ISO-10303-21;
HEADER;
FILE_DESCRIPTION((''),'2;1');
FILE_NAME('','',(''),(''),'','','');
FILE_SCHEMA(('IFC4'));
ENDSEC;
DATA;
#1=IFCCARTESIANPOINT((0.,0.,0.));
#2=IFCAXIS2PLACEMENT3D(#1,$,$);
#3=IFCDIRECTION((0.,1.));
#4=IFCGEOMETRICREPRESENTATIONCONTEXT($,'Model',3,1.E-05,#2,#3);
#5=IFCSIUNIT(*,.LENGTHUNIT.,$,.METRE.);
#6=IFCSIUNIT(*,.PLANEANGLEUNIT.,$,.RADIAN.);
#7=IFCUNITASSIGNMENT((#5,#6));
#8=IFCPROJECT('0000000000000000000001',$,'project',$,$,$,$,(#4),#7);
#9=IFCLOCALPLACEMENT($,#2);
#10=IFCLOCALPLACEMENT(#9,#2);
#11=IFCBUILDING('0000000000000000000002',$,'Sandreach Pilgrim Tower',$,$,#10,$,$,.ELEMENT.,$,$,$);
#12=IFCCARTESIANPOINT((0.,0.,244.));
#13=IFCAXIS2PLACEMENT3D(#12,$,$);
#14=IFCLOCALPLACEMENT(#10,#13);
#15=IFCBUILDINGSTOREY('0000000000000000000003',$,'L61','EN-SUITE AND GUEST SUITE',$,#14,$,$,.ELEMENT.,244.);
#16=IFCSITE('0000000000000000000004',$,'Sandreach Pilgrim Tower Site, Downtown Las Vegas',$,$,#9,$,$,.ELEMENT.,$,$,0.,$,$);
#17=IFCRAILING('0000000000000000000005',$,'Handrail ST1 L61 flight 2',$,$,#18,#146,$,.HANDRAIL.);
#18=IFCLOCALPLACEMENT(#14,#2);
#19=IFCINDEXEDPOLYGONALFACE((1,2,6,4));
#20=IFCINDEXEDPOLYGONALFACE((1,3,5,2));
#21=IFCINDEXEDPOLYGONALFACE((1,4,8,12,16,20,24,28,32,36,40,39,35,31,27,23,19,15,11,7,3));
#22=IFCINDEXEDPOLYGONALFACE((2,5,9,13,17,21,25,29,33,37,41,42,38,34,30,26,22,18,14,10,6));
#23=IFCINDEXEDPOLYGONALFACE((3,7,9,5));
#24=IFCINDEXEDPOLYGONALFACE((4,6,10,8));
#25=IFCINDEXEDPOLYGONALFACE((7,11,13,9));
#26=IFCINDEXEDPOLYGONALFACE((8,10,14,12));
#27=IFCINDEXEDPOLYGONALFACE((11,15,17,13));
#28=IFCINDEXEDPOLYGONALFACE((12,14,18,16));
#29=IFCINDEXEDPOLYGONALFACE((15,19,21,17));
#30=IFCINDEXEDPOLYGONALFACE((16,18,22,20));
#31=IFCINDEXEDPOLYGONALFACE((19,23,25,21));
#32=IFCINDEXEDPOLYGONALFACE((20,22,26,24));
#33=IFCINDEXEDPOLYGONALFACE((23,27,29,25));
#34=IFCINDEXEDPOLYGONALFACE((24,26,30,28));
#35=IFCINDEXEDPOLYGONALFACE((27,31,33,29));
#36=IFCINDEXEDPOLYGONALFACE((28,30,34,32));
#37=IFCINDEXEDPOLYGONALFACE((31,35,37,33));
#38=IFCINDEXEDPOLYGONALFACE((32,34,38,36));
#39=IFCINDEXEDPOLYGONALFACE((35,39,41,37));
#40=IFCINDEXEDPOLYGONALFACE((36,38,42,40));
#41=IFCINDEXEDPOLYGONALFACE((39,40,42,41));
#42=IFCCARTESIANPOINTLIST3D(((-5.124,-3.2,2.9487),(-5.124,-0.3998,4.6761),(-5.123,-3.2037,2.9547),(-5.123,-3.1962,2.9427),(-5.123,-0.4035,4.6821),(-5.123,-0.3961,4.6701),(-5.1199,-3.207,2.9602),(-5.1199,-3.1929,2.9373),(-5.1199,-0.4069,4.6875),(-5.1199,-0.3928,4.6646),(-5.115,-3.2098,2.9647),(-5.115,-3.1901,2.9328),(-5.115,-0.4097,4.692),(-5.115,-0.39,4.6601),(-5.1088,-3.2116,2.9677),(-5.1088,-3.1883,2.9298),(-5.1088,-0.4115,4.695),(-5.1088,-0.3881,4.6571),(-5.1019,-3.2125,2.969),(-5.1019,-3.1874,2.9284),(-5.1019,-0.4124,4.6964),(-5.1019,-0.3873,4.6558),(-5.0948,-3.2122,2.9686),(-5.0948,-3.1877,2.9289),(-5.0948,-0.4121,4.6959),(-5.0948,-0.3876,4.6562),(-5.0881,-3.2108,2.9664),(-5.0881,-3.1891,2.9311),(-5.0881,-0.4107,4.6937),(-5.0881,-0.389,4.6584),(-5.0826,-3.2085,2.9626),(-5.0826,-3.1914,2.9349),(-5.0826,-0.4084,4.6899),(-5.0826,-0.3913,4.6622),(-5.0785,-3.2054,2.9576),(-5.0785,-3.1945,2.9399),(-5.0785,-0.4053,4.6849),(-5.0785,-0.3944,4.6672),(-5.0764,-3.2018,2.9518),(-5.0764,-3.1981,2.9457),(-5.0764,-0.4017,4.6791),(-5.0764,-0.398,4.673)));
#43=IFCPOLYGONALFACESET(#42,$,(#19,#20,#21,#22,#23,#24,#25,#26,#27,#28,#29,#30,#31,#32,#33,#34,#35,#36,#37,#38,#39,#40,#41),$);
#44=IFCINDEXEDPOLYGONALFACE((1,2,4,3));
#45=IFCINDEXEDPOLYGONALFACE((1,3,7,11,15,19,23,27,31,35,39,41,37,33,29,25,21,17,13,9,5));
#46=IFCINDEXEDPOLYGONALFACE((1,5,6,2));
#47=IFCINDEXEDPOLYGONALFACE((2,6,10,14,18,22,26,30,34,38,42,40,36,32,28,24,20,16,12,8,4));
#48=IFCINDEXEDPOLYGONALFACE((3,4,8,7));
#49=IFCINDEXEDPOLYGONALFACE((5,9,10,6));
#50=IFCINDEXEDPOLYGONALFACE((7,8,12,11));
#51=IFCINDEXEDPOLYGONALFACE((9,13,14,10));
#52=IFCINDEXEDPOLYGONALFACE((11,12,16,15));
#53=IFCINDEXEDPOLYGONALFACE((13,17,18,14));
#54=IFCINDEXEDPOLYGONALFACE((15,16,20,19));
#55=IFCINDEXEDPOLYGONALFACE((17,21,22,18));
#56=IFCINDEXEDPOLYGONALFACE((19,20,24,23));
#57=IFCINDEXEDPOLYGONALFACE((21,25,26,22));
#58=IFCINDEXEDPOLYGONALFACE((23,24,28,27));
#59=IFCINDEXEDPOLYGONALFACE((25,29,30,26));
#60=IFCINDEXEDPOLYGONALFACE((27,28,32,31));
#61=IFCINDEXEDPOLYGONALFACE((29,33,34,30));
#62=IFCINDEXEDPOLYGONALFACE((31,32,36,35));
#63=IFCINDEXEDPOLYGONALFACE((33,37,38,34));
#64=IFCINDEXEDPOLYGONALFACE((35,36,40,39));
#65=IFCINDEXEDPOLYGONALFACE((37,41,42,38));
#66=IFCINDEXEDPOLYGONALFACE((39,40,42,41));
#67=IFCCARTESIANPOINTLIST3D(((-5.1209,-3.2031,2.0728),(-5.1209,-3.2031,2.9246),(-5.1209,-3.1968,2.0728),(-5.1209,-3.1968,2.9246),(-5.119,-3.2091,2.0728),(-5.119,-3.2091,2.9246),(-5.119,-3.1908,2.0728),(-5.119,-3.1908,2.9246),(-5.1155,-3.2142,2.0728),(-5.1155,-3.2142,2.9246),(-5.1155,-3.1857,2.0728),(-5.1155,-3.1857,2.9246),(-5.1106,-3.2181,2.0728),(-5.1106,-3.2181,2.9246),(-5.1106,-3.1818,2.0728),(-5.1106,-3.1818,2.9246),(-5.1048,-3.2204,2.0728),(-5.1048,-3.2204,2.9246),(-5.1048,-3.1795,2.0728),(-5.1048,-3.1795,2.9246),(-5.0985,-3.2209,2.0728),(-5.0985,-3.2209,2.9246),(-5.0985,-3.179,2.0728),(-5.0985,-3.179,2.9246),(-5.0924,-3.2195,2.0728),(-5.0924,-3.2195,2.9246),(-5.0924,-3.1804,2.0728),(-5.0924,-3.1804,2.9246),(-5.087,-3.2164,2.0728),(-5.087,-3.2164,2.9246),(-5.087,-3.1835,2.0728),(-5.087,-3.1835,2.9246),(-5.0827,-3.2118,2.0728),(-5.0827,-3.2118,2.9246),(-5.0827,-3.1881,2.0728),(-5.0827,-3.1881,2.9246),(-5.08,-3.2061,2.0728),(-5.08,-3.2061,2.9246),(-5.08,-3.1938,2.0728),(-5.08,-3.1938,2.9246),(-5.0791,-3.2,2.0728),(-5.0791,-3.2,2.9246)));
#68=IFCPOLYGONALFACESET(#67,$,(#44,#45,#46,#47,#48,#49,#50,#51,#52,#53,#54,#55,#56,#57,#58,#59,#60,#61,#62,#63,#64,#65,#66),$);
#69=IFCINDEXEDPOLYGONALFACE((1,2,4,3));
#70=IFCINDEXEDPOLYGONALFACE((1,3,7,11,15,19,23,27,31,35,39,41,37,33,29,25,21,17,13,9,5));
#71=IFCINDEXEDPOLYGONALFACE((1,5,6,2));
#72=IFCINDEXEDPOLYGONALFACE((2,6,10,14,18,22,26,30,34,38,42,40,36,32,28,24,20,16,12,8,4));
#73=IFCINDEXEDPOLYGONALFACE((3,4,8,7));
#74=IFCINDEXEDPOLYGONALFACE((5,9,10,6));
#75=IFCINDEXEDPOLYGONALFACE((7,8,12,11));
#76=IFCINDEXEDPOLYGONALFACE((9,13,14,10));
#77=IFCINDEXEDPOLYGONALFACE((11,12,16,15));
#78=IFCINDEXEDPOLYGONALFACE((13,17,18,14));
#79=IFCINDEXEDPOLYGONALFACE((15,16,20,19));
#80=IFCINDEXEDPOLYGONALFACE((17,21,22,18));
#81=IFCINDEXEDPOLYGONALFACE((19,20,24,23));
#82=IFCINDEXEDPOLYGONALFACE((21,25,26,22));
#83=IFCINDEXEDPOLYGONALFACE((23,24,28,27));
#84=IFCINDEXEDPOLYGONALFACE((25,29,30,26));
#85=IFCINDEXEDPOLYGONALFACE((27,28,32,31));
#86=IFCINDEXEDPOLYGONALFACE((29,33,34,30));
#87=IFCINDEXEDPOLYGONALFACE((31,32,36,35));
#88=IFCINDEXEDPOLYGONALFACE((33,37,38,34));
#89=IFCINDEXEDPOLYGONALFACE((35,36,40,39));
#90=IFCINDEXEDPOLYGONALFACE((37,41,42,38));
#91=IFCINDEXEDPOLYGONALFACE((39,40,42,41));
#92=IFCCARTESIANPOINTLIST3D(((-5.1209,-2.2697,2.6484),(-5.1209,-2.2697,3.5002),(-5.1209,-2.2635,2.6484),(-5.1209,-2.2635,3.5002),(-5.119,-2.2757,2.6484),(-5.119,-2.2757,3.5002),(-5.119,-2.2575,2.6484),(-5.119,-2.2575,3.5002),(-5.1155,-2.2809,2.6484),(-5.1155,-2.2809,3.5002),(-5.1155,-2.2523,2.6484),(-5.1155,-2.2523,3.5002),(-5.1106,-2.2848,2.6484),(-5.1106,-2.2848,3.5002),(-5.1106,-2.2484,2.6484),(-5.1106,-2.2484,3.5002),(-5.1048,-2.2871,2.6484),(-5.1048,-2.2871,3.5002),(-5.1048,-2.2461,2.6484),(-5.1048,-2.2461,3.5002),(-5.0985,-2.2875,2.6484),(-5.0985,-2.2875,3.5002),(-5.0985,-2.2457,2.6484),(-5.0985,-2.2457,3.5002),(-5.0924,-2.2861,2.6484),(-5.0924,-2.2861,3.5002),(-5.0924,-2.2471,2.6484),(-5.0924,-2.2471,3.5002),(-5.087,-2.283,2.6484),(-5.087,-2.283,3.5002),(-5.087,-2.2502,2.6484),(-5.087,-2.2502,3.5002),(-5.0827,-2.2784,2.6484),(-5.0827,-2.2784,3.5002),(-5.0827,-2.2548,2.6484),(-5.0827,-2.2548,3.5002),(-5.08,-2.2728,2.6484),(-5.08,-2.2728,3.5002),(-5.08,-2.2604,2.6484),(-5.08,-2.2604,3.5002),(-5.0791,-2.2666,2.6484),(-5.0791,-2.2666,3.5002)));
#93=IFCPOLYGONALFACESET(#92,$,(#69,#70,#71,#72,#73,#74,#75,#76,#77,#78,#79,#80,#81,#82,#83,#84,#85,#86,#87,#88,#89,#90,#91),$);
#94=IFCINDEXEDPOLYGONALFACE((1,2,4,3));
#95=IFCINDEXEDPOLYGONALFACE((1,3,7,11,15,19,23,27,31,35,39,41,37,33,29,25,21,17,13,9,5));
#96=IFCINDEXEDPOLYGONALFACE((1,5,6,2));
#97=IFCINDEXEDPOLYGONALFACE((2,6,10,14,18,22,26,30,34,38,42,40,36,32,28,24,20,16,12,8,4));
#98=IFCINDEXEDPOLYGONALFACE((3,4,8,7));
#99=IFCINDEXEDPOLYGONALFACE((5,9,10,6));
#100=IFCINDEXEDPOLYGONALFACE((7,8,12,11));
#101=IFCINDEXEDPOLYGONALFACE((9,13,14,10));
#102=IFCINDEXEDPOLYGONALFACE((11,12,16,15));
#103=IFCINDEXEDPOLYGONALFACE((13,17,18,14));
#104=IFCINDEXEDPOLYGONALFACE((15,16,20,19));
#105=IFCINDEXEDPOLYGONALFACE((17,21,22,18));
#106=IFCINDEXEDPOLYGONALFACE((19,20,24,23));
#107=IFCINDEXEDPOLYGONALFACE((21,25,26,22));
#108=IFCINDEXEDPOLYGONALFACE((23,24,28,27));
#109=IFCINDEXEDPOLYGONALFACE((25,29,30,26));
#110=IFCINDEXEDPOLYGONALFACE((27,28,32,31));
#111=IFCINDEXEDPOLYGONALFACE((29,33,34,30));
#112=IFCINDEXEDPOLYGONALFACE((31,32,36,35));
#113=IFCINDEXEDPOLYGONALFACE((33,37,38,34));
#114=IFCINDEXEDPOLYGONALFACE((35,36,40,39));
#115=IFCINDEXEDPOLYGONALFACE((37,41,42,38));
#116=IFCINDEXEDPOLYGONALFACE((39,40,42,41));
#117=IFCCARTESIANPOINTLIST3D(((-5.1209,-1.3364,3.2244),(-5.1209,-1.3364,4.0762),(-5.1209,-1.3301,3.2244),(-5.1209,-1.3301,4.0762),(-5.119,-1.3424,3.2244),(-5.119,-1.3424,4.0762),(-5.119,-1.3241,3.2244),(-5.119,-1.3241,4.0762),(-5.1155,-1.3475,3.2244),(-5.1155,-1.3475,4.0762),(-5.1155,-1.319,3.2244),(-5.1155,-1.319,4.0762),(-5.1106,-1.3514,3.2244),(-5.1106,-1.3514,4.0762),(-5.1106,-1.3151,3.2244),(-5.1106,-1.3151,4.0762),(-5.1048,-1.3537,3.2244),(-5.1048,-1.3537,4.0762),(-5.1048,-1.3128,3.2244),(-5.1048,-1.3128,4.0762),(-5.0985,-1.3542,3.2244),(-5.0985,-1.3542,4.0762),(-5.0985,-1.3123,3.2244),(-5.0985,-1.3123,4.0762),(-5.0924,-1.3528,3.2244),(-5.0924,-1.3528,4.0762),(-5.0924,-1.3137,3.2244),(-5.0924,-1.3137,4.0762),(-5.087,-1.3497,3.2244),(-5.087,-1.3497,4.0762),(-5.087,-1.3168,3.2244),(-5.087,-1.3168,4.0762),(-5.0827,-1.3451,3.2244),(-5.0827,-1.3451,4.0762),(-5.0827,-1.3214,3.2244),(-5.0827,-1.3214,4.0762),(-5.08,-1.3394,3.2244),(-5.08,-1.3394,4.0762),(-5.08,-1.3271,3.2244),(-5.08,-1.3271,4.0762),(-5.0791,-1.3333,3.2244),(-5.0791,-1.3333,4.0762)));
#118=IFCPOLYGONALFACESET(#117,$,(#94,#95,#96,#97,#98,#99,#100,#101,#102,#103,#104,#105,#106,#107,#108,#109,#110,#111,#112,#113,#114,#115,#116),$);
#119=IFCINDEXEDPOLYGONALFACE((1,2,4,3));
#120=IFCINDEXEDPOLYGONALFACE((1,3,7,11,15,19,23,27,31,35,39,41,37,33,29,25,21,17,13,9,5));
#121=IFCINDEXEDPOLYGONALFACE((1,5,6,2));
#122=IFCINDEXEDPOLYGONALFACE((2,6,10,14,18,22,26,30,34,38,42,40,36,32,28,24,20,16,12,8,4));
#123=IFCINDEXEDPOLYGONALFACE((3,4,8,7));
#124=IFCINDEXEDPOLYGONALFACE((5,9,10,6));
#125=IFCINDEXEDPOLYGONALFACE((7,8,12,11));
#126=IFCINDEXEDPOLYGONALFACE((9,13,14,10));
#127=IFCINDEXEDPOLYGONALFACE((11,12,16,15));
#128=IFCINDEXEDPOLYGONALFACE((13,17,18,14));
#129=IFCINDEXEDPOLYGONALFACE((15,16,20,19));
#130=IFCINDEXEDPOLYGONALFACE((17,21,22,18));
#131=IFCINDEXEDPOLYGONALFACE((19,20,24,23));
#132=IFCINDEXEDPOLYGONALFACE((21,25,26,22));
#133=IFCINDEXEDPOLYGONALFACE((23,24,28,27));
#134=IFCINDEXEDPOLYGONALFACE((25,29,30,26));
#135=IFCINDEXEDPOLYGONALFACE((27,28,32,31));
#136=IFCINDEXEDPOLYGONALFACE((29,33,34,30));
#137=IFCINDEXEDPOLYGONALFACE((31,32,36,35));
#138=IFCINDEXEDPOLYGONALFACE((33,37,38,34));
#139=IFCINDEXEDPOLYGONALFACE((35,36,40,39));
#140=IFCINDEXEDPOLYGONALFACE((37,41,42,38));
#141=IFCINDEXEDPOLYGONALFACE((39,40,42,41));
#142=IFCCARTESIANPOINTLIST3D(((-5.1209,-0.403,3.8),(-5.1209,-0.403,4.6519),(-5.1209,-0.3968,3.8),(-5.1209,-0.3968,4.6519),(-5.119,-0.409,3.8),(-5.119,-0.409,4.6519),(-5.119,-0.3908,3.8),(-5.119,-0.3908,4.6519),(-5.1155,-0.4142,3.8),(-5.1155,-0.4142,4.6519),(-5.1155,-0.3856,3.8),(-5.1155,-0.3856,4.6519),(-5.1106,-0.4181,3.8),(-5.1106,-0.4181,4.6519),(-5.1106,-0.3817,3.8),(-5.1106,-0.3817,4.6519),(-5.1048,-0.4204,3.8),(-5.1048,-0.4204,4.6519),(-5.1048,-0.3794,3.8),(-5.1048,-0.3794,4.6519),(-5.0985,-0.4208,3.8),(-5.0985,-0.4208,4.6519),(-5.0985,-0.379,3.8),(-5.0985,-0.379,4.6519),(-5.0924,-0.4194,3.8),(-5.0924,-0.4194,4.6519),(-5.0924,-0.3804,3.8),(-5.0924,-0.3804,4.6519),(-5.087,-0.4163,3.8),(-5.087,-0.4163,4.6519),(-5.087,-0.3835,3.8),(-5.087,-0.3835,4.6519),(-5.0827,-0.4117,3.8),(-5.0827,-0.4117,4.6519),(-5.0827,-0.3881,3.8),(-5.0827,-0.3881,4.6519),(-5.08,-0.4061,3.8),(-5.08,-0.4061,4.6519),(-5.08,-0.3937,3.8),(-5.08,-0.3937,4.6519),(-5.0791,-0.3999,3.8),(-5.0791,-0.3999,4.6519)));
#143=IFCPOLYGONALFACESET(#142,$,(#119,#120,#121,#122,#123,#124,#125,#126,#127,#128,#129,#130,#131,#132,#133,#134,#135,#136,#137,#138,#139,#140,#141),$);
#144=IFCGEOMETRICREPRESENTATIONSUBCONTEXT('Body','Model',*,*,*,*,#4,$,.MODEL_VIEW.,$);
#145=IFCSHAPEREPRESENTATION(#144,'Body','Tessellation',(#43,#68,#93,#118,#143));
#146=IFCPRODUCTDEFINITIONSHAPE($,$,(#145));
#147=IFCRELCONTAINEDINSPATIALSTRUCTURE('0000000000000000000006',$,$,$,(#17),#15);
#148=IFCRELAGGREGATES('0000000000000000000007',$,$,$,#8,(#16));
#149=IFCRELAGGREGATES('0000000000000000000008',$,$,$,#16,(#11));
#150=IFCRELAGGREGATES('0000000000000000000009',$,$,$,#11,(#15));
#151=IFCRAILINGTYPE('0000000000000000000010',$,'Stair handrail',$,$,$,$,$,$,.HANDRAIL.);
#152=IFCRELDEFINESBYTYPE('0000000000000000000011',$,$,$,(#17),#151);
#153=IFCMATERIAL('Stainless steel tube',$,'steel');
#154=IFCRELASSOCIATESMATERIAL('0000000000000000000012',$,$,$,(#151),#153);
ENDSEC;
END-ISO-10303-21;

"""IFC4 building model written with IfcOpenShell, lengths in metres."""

from ifc_helpers import new_model, si_unit, direction, frame, origin, origin_2d, place, context, subcontext, project, spatial, circle, extrude, material, type_object, element, save


model = new_model("IFC4")

# Units and contexts
model_context = context("Model", 3, precision=1e-05, world=origin(), true_north=direction((0.0, 1.0)))
body_context = subcontext(model_context, "Body", "Model", "MODEL_VIEW")
ifc_project = project(units=[si_unit("LENGTHUNIT", "METRE"), si_unit("PLANEANGLEUNIT", "RADIAN")], contexts=[model_context])

# Site, building, storey
site_placement = place(None, origin())
site = spatial("IfcSite", under=ifc_project, at=site_placement, Name="Sandreach Pilgrim Tower Site, Downtown Las Vegas", CompositionType="ELEMENT", RefElevation=0.0)
building_placement = place(site_placement, origin())
building = spatial("IfcBuilding", under=site, at=building_placement, Name="Sandreach Pilgrim Tower", CompositionType="ELEMENT")
storey_placement = place(building_placement, frame((0.0, 0.0, 244.0)))
storey = spatial("IfcBuildingStorey", under=building, at=storey_placement, Name="L61", Description="EN-SUITE AND GUEST SUITE", CompositionType="ELEMENT", Elevation=244.0)

# Railing
ifc_material_1 = material(Name="Stainless steel tube", Category="steel")
railing_type = type_object("IfcRailingType", Name="Stair handrail", PredefinedType="HANDRAIL", material=ifc_material_1)
for number, where, name in (
    (1, (-5.1001, -3.2, 2.0728), "Handrail ST1 L61 flight 2"),
):
    element("IfcRailing", number, at=place(storey_placement, frame(where)), inside=storey, type_object=railing_type, Name=name, PredefinedType="HANDRAIL", context=body_context, shape_type="SweptSolid", body=[
        extrude(circle(Radius=0.0239, at=origin_2d()), frame((0.0, 0.0, 0.876), z_axis=(0.0, 0.85109, 0.52502), x_axis=(-1.0, 0.0, 0.0)), (0.0, 0.0, 1.0), 3.29),
        extrude(circle(Radius=0.021, at=origin_2d()), origin(), (0.0, 0.0, 1.0), 0.8518),
        extrude(circle(Radius=0.021, at=origin_2d()), frame((0.0, 0.9333, 0.5757)), (0.0, 0.0, 1.0), 0.8518),
        extrude(circle(Radius=0.021, at=origin_2d()), frame((0.0, 1.8667, 1.1516)), (0.0, 0.0, 1.0), 0.8518),
        extrude(circle(Radius=0.021, at=origin_2d()), frame((0.0, 2.8, 1.7273)), (0.0, 0.0, 1.0), 0.8518),
    ])

save(model, "model.ifc")
